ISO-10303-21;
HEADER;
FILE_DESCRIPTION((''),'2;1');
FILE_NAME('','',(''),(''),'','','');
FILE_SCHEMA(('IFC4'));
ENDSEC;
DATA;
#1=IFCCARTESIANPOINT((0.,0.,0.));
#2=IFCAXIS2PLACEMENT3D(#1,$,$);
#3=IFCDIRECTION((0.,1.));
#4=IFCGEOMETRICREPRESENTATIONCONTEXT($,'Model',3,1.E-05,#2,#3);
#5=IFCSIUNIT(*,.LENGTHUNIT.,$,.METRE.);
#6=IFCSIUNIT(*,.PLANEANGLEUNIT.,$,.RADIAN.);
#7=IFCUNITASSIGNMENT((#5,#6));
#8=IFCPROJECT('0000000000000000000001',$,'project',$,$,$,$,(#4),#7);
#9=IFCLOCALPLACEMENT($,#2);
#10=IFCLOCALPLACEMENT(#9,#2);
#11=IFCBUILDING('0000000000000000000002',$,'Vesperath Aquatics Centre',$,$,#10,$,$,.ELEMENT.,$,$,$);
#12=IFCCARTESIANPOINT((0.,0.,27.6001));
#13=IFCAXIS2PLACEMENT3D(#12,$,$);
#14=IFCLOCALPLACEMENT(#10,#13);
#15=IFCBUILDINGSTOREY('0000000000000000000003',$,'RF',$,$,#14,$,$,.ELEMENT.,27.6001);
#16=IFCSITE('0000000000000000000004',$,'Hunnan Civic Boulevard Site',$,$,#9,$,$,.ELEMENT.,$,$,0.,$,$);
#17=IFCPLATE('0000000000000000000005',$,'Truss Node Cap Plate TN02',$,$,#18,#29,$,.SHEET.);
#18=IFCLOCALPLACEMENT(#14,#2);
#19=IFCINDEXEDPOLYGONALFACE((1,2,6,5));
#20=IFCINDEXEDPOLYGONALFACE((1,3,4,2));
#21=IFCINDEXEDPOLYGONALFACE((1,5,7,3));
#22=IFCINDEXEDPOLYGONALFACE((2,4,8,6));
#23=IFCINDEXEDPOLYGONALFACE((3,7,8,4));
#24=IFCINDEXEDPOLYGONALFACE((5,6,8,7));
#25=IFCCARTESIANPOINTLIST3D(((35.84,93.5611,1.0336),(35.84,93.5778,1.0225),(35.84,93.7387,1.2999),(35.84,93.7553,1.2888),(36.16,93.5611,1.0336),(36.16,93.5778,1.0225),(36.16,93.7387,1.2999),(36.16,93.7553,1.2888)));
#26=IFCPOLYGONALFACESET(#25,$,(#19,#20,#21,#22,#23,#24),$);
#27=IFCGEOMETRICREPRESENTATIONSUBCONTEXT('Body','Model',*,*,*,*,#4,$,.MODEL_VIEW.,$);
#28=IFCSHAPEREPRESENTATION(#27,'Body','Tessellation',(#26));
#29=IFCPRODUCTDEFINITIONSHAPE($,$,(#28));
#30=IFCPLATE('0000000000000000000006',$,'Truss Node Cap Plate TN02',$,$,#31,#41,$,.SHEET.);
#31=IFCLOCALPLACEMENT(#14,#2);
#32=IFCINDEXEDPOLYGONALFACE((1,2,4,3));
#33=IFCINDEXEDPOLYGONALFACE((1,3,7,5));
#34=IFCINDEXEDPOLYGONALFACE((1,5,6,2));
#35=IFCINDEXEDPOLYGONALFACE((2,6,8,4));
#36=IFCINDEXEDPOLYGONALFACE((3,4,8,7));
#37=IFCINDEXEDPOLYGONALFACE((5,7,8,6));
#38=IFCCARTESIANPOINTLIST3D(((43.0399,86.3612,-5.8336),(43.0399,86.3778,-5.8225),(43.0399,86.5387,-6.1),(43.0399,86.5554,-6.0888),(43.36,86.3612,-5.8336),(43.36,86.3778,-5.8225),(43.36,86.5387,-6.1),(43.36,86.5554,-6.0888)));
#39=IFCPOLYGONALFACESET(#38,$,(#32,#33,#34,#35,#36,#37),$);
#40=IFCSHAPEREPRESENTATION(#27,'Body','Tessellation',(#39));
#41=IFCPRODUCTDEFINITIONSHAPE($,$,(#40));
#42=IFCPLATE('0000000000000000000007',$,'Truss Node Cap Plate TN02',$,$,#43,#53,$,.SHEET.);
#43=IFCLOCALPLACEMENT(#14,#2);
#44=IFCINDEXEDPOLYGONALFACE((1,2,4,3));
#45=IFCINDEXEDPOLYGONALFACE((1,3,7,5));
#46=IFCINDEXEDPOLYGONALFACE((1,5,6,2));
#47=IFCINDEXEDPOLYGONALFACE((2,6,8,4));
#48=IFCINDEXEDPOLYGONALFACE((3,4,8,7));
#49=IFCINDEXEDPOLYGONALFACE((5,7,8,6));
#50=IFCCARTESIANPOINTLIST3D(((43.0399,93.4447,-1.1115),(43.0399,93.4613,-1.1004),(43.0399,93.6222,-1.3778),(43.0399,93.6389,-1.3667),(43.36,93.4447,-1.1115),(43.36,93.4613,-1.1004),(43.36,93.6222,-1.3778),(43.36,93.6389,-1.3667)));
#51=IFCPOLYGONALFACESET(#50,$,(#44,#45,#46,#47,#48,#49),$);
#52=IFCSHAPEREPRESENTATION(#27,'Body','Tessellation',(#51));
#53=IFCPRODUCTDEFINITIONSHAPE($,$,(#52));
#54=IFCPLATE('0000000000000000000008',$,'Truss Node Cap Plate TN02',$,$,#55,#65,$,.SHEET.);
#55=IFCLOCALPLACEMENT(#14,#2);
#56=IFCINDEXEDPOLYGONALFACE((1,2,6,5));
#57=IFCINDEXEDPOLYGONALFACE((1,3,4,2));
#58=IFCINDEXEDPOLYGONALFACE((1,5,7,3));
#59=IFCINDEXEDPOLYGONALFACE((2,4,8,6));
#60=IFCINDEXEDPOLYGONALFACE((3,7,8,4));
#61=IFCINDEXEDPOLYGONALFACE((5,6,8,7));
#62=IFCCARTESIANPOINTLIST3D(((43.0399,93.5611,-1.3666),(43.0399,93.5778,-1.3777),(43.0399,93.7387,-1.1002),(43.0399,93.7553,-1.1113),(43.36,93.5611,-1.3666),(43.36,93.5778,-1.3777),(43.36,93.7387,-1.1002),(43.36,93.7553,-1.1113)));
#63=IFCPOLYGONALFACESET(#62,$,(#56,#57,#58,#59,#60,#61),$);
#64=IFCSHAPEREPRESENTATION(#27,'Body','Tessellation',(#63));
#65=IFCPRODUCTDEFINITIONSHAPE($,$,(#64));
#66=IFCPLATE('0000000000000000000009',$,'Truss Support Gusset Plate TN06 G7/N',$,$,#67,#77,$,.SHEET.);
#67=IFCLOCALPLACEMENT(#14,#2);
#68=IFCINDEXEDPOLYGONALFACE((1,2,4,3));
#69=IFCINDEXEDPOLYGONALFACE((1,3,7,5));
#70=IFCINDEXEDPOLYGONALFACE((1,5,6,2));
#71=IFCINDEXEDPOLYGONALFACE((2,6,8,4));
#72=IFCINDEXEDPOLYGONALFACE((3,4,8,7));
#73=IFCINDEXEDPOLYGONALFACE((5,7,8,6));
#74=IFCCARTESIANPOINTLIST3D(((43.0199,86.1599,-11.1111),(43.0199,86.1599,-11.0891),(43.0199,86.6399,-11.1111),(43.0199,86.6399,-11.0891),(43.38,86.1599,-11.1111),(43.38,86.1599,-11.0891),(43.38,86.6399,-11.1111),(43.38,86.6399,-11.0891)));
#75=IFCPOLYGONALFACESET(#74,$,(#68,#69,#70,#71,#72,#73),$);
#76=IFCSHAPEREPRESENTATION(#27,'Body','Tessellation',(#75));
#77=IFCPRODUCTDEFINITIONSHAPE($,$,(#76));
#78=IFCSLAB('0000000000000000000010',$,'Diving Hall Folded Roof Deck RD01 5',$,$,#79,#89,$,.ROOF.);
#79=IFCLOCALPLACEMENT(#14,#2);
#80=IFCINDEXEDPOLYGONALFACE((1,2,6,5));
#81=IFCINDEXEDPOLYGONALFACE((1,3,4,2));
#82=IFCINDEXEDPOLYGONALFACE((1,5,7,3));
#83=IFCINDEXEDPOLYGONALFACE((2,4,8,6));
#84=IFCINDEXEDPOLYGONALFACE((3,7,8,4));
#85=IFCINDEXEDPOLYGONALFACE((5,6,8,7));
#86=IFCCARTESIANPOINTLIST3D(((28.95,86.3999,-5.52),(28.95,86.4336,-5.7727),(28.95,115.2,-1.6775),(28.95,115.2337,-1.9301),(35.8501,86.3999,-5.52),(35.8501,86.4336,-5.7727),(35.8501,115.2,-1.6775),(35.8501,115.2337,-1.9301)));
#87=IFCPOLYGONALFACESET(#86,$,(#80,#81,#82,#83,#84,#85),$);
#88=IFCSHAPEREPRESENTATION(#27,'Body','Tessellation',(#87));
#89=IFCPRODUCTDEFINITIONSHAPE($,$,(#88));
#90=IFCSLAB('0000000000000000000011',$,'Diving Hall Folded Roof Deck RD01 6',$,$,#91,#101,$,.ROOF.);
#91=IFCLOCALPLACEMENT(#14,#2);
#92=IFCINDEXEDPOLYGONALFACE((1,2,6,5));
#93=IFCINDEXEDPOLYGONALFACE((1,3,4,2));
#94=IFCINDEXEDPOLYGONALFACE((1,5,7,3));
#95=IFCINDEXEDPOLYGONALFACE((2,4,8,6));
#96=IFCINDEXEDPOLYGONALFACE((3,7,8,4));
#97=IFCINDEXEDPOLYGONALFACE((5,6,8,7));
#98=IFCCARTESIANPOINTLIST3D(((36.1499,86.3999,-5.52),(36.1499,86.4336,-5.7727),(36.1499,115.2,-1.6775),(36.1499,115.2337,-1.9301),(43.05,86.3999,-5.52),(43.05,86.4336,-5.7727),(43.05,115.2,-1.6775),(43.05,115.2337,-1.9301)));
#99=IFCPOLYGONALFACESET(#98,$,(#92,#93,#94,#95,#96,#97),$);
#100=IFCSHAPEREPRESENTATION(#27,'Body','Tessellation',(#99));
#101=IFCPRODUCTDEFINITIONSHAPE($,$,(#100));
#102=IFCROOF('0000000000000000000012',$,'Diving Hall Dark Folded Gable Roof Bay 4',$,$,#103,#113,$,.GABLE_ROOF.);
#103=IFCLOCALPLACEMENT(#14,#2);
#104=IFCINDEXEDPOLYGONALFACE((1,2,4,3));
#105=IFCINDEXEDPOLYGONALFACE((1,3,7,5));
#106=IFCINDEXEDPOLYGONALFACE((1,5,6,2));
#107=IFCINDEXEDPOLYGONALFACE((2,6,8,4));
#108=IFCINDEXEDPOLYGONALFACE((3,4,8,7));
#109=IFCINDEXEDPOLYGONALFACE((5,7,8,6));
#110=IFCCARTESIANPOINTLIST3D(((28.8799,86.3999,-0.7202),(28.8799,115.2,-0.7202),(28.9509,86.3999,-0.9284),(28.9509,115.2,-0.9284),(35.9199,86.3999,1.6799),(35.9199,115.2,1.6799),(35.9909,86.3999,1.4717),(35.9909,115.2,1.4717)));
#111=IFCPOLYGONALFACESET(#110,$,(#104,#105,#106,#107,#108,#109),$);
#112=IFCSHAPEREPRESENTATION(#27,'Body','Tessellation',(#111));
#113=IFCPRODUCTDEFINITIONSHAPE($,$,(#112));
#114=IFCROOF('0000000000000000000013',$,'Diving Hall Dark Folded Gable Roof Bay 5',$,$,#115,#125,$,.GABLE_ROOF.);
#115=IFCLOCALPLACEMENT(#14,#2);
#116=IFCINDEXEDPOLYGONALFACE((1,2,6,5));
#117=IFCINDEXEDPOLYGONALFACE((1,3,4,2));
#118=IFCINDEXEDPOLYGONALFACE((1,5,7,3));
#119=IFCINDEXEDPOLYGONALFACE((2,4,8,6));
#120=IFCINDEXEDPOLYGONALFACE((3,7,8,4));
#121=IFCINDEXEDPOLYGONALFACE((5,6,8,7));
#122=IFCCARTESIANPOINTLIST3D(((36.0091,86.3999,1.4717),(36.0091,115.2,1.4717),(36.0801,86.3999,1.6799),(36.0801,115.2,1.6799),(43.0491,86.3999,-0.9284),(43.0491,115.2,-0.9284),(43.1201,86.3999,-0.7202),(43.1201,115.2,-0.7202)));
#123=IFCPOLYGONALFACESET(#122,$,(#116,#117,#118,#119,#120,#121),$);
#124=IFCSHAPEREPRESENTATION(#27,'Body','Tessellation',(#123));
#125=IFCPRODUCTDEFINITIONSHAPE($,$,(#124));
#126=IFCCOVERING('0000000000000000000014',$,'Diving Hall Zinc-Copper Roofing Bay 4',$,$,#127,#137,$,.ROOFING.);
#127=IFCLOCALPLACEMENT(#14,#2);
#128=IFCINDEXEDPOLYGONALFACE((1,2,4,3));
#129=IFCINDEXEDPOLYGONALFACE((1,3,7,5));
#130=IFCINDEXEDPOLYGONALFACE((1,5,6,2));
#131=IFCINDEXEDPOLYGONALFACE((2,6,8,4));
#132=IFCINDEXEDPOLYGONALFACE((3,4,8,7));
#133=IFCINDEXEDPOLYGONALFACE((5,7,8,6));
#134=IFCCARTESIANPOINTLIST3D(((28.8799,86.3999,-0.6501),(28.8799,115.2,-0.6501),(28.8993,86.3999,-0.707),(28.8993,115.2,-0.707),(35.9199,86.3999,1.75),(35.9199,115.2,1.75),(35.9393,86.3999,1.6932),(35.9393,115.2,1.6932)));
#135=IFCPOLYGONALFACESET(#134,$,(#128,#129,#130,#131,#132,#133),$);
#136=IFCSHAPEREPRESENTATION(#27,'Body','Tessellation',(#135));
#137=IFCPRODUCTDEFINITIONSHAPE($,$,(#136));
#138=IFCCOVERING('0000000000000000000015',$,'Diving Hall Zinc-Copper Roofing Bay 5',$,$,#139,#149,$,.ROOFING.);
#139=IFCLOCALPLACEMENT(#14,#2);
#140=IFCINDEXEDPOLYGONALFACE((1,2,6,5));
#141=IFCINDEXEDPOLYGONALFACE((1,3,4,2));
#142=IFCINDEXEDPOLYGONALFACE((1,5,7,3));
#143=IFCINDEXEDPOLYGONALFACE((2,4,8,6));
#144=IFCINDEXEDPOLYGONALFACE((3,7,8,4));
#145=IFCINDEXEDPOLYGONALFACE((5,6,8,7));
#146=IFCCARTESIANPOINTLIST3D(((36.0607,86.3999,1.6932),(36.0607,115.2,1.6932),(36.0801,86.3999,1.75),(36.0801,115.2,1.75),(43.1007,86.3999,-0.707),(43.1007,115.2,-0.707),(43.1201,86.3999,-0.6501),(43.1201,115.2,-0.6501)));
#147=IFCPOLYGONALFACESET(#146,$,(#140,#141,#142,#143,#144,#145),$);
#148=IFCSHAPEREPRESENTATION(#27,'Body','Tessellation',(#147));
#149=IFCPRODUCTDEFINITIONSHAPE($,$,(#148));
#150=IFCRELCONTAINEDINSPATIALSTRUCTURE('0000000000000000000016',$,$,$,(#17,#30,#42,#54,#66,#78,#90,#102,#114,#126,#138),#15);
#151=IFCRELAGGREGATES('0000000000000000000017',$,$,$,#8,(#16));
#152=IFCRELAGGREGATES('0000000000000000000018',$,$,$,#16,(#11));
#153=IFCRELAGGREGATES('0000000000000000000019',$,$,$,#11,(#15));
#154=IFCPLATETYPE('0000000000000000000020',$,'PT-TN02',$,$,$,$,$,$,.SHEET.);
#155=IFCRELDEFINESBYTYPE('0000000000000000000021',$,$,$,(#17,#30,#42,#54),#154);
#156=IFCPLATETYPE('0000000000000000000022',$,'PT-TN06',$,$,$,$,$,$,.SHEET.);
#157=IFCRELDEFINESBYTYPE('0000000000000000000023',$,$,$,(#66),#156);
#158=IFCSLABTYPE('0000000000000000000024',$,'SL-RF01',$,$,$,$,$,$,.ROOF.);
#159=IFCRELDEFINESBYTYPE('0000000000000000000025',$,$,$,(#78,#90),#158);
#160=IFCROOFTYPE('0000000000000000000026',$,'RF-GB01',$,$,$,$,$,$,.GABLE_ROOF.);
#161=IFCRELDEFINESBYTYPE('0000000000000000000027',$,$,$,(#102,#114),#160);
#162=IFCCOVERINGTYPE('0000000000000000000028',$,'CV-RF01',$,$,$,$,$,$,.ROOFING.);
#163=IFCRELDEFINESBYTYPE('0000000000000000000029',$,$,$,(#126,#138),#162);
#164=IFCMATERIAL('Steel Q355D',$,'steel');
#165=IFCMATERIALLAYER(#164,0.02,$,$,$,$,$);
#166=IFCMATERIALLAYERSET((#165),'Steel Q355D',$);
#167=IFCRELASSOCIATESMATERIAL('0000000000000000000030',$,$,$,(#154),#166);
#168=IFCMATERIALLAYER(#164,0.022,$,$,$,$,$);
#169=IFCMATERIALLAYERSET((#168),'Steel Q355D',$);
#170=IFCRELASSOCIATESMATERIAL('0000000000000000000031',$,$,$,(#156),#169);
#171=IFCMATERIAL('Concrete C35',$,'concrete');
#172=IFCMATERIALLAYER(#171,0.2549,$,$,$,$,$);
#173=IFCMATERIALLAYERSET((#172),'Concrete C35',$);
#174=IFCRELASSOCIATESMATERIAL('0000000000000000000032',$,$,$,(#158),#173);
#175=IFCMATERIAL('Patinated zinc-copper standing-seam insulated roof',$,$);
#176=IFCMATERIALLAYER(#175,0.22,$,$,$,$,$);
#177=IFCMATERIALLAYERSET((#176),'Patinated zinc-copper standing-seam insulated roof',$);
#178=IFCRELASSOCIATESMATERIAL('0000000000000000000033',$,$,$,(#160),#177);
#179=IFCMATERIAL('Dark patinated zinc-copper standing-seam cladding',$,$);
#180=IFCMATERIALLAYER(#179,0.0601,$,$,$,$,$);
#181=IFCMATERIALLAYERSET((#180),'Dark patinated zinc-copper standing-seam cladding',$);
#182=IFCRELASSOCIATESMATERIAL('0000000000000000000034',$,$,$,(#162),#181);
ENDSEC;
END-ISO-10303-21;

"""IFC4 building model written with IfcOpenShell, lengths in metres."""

from ifc_helpers import new_model, si_unit, direction, frame, origin, origin_2d, place, context, subcontext, project, spatial, polyline, rectangle, outline, extrude, material, layer, layer_set, type_object, element, save


model = new_model("IFC4")

# Units and contexts
model_context = context("Model", 3, precision=1e-05, world=origin(), true_north=direction((0.0, 1.0)))
body_context = subcontext(model_context, "Body", "Model", "MODEL_VIEW")
ifc_project = project(units=[si_unit("LENGTHUNIT", "METRE"), si_unit("PLANEANGLEUNIT", "RADIAN")], contexts=[model_context])

# Site, building, storey
site_placement = place(None, origin())
site = spatial("IfcSite", under=ifc_project, at=site_placement, Name="Hunnan Civic Boulevard Site", CompositionType="ELEMENT", RefElevation=0.0)
building_placement = place(site_placement, origin())
building = spatial("IfcBuilding", under=site, at=building_placement, Name="Vesperath Aquatics Centre", CompositionType="ELEMENT")
storey_placement = place(building_placement, frame((0.0, 0.0, 27.6001)))
storey = spatial("IfcBuildingStorey", under=building, at=storey_placement, Name="RF", CompositionType="ELEMENT", Elevation=27.6001)

# Shared definitions
ifc_material_1 = material(Name="Steel Q355D", Category="steel")

# Plates
ifc_layer_1 = layer(ifc_material_1, 0.02)
ifc_layer_set_1 = layer_set([ifc_layer_1], Name="Steel Q355D")
plate_type_1 = type_object("IfcPlateType", Name="PT-TN02", PredefinedType="SHEET", material=ifc_layer_set_1)
for number, where, z_axis, x_axis, name in (
    (1, (36.0, 93.6499, 1.1667), (0.0, 0.83205, -0.5547), (-1.0, 0.0, 0.0), "Truss Node Cap Plate TN02"),
    (2, (43.2, 86.45, -5.9668), (0.0, 0.83205, 0.5547), (-1.0, 0.0, 0.0), "Truss Node Cap Plate TN02"),
    (3, (43.2, 93.5334, -1.2446), (0.0, 0.83205, 0.5547), (-1.0, 0.0, 0.0), "Truss Node Cap Plate TN02"),
    (4, (43.2, 93.6499, -1.2334), (0.0, 0.83205, -0.5547), (-1.0, 0.0, 0.0), "Truss Node Cap Plate TN02"),
):
    element("IfcPlate", number, at=place(storey_placement, frame(where, z_axis=z_axis, x_axis=x_axis)), inside=storey, type_object=plate_type_1, Name=name, PredefinedType="SHEET", context=body_context, shape_type="SweptSolid", body=[
        extrude(rectangle(XDim=0.3201, YDim=0.3201, at=origin_2d()), origin(), (0.0, 0.0, 1.0), 0.02),
    ])
ifc_layer_2 = layer(ifc_material_1, 0.022)
ifc_layer_set_2 = layer_set([ifc_layer_2], Name="Steel Q355D")
plate_type_2 = type_object("IfcPlateType", Name="PT-TN06", PredefinedType="SHEET", material=ifc_layer_set_2)
plate_1_placement = place(storey_placement, frame((43.2, 86.3999, -11.1111), z_axis=(0.0, 0.0, 1.0), x_axis=(0.0, 1.0, 0.0)))
element("IfcPlate", 5, at=plate_1_placement, inside=storey, type_object=plate_type_2, Name="Truss Support Gusset Plate TN06 G7/N", PredefinedType="SHEET", context=body_context, shape_type="SweptSolid", body=[
    extrude(rectangle(XDim=0.48, YDim=0.3601, at=origin_2d()), origin(), (0.0, 0.0, 1.0), 0.022),
])

# Slabs
ifc_material_2 = material(Name="Concrete C35", Category="concrete")
ifc_layer_3 = layer(ifc_material_2, 0.2549)
ifc_layer_set_3 = layer_set([ifc_layer_3], Name="Concrete C35")
slab_type = type_object("IfcSlabType", Name="SL-RF01", PredefinedType="ROOF", material=ifc_layer_set_3)
for number, where, z_axis, x_axis, name in (
    (6, (28.95, 86.3999, -5.52), (0.0, -0.132249, 0.991217), (1.0, 0.0, 0.0), "Diving Hall Folded Roof Deck RD01 5"),
    (7, (36.1499, 86.3999, -5.52), (0.0, -0.132249, 0.991217), (1.0, 0.0, 0.0), "Diving Hall Folded Roof Deck RD01 6"),
):
    element("IfcSlab", number, at=place(storey_placement, frame(where, z_axis=z_axis, x_axis=x_axis)), inside=storey, type_object=slab_type, Name=name, PredefinedType="ROOF", context=body_context, shape_type="SweptSolid", body=[
        extrude(outline(polyline([(0.0, 0.0), (6.9001, 0.0), (6.9001, 29.0553), (0.0, 29.0553), (0.0, 0.0)])), origin(), (0.0, 0.0, -1.0), 0.2549),
    ])

# Roofs
ifc_material_3 = material(Name="Patinated zinc-copper standing-seam insulated roof")
ifc_layer_4 = layer(ifc_material_3, 0.22)
ifc_layer_set_4 = layer_set([ifc_layer_4], Name="Patinated zinc-copper standing-seam insulated roof")
roof_type = type_object("IfcRoofType", Name="RF-GB01", PredefinedType="GABLE_ROOF", material=ifc_layer_set_4)
for number, where, z_axis, x_axis, name in (
    (8, (28.8799, 86.3999, -0.7202), (-0.32269, 0.0, 0.946505), (0.946505, 0.0, 0.32269), "Diving Hall Dark Folded Gable Roof Bay 4"),
    (9, (36.0801, 86.3999, 1.6799), (0.32269, 0.0, 0.946505), (0.946505, 0.0, -0.32269), "Diving Hall Dark Folded Gable Roof Bay 5"),
):
    element("IfcRoof", number, at=place(storey_placement, frame(where, z_axis=z_axis, x_axis=x_axis)), inside=storey, type_object=roof_type, Name=name, PredefinedType="GABLE_ROOF", context=body_context, shape_type="SweptSolid", body=[
        extrude(outline(polyline([(0.0, 0.0), (7.4379, 0.0), (7.4379, 28.8), (0.0, 28.8), (0.0, 0.0)])), origin(), (0.0, 0.0, -1.0), 0.22),
    ])

# Coverings
ifc_material_4 = material(Name="Dark patinated zinc-copper standing-seam cladding")
ifc_layer_5 = layer(ifc_material_4, 0.0601)
ifc_layer_set_5 = layer_set([ifc_layer_5], Name="Dark patinated zinc-copper standing-seam cladding")
covering_type = type_object("IfcCoveringType", Name="CV-RF01", PredefinedType="ROOFING", material=ifc_layer_set_5)
for number, where, z_axis, x_axis, name in (
    (10, (28.8799, 86.3999, -0.6501), (-0.32269, 0.0, 0.946505), (0.946505, 0.0, 0.32269), "Diving Hall Zinc-Copper Roofing Bay 4"),
    (11, (36.0801, 86.3999, 1.75), (0.32269, 0.0, 0.946505), (0.946505, 0.0, -0.32269), "Diving Hall Zinc-Copper Roofing Bay 5"),
):
    element("IfcCovering", number, at=place(storey_placement, frame(where, z_axis=z_axis, x_axis=x_axis)), inside=storey, type_object=covering_type, Name=name, PredefinedType="ROOFING", context=body_context, shape_type="SweptSolid", body=[
        extrude(outline(polyline([(0.0, 0.0), (7.4379, 0.0), (7.4379, 28.8), (0.0, 28.8), (0.0, 0.0)])), origin(), (0.0, 0.0, -1.0), 0.0601),
    ])

save(model, "model.ifc")
